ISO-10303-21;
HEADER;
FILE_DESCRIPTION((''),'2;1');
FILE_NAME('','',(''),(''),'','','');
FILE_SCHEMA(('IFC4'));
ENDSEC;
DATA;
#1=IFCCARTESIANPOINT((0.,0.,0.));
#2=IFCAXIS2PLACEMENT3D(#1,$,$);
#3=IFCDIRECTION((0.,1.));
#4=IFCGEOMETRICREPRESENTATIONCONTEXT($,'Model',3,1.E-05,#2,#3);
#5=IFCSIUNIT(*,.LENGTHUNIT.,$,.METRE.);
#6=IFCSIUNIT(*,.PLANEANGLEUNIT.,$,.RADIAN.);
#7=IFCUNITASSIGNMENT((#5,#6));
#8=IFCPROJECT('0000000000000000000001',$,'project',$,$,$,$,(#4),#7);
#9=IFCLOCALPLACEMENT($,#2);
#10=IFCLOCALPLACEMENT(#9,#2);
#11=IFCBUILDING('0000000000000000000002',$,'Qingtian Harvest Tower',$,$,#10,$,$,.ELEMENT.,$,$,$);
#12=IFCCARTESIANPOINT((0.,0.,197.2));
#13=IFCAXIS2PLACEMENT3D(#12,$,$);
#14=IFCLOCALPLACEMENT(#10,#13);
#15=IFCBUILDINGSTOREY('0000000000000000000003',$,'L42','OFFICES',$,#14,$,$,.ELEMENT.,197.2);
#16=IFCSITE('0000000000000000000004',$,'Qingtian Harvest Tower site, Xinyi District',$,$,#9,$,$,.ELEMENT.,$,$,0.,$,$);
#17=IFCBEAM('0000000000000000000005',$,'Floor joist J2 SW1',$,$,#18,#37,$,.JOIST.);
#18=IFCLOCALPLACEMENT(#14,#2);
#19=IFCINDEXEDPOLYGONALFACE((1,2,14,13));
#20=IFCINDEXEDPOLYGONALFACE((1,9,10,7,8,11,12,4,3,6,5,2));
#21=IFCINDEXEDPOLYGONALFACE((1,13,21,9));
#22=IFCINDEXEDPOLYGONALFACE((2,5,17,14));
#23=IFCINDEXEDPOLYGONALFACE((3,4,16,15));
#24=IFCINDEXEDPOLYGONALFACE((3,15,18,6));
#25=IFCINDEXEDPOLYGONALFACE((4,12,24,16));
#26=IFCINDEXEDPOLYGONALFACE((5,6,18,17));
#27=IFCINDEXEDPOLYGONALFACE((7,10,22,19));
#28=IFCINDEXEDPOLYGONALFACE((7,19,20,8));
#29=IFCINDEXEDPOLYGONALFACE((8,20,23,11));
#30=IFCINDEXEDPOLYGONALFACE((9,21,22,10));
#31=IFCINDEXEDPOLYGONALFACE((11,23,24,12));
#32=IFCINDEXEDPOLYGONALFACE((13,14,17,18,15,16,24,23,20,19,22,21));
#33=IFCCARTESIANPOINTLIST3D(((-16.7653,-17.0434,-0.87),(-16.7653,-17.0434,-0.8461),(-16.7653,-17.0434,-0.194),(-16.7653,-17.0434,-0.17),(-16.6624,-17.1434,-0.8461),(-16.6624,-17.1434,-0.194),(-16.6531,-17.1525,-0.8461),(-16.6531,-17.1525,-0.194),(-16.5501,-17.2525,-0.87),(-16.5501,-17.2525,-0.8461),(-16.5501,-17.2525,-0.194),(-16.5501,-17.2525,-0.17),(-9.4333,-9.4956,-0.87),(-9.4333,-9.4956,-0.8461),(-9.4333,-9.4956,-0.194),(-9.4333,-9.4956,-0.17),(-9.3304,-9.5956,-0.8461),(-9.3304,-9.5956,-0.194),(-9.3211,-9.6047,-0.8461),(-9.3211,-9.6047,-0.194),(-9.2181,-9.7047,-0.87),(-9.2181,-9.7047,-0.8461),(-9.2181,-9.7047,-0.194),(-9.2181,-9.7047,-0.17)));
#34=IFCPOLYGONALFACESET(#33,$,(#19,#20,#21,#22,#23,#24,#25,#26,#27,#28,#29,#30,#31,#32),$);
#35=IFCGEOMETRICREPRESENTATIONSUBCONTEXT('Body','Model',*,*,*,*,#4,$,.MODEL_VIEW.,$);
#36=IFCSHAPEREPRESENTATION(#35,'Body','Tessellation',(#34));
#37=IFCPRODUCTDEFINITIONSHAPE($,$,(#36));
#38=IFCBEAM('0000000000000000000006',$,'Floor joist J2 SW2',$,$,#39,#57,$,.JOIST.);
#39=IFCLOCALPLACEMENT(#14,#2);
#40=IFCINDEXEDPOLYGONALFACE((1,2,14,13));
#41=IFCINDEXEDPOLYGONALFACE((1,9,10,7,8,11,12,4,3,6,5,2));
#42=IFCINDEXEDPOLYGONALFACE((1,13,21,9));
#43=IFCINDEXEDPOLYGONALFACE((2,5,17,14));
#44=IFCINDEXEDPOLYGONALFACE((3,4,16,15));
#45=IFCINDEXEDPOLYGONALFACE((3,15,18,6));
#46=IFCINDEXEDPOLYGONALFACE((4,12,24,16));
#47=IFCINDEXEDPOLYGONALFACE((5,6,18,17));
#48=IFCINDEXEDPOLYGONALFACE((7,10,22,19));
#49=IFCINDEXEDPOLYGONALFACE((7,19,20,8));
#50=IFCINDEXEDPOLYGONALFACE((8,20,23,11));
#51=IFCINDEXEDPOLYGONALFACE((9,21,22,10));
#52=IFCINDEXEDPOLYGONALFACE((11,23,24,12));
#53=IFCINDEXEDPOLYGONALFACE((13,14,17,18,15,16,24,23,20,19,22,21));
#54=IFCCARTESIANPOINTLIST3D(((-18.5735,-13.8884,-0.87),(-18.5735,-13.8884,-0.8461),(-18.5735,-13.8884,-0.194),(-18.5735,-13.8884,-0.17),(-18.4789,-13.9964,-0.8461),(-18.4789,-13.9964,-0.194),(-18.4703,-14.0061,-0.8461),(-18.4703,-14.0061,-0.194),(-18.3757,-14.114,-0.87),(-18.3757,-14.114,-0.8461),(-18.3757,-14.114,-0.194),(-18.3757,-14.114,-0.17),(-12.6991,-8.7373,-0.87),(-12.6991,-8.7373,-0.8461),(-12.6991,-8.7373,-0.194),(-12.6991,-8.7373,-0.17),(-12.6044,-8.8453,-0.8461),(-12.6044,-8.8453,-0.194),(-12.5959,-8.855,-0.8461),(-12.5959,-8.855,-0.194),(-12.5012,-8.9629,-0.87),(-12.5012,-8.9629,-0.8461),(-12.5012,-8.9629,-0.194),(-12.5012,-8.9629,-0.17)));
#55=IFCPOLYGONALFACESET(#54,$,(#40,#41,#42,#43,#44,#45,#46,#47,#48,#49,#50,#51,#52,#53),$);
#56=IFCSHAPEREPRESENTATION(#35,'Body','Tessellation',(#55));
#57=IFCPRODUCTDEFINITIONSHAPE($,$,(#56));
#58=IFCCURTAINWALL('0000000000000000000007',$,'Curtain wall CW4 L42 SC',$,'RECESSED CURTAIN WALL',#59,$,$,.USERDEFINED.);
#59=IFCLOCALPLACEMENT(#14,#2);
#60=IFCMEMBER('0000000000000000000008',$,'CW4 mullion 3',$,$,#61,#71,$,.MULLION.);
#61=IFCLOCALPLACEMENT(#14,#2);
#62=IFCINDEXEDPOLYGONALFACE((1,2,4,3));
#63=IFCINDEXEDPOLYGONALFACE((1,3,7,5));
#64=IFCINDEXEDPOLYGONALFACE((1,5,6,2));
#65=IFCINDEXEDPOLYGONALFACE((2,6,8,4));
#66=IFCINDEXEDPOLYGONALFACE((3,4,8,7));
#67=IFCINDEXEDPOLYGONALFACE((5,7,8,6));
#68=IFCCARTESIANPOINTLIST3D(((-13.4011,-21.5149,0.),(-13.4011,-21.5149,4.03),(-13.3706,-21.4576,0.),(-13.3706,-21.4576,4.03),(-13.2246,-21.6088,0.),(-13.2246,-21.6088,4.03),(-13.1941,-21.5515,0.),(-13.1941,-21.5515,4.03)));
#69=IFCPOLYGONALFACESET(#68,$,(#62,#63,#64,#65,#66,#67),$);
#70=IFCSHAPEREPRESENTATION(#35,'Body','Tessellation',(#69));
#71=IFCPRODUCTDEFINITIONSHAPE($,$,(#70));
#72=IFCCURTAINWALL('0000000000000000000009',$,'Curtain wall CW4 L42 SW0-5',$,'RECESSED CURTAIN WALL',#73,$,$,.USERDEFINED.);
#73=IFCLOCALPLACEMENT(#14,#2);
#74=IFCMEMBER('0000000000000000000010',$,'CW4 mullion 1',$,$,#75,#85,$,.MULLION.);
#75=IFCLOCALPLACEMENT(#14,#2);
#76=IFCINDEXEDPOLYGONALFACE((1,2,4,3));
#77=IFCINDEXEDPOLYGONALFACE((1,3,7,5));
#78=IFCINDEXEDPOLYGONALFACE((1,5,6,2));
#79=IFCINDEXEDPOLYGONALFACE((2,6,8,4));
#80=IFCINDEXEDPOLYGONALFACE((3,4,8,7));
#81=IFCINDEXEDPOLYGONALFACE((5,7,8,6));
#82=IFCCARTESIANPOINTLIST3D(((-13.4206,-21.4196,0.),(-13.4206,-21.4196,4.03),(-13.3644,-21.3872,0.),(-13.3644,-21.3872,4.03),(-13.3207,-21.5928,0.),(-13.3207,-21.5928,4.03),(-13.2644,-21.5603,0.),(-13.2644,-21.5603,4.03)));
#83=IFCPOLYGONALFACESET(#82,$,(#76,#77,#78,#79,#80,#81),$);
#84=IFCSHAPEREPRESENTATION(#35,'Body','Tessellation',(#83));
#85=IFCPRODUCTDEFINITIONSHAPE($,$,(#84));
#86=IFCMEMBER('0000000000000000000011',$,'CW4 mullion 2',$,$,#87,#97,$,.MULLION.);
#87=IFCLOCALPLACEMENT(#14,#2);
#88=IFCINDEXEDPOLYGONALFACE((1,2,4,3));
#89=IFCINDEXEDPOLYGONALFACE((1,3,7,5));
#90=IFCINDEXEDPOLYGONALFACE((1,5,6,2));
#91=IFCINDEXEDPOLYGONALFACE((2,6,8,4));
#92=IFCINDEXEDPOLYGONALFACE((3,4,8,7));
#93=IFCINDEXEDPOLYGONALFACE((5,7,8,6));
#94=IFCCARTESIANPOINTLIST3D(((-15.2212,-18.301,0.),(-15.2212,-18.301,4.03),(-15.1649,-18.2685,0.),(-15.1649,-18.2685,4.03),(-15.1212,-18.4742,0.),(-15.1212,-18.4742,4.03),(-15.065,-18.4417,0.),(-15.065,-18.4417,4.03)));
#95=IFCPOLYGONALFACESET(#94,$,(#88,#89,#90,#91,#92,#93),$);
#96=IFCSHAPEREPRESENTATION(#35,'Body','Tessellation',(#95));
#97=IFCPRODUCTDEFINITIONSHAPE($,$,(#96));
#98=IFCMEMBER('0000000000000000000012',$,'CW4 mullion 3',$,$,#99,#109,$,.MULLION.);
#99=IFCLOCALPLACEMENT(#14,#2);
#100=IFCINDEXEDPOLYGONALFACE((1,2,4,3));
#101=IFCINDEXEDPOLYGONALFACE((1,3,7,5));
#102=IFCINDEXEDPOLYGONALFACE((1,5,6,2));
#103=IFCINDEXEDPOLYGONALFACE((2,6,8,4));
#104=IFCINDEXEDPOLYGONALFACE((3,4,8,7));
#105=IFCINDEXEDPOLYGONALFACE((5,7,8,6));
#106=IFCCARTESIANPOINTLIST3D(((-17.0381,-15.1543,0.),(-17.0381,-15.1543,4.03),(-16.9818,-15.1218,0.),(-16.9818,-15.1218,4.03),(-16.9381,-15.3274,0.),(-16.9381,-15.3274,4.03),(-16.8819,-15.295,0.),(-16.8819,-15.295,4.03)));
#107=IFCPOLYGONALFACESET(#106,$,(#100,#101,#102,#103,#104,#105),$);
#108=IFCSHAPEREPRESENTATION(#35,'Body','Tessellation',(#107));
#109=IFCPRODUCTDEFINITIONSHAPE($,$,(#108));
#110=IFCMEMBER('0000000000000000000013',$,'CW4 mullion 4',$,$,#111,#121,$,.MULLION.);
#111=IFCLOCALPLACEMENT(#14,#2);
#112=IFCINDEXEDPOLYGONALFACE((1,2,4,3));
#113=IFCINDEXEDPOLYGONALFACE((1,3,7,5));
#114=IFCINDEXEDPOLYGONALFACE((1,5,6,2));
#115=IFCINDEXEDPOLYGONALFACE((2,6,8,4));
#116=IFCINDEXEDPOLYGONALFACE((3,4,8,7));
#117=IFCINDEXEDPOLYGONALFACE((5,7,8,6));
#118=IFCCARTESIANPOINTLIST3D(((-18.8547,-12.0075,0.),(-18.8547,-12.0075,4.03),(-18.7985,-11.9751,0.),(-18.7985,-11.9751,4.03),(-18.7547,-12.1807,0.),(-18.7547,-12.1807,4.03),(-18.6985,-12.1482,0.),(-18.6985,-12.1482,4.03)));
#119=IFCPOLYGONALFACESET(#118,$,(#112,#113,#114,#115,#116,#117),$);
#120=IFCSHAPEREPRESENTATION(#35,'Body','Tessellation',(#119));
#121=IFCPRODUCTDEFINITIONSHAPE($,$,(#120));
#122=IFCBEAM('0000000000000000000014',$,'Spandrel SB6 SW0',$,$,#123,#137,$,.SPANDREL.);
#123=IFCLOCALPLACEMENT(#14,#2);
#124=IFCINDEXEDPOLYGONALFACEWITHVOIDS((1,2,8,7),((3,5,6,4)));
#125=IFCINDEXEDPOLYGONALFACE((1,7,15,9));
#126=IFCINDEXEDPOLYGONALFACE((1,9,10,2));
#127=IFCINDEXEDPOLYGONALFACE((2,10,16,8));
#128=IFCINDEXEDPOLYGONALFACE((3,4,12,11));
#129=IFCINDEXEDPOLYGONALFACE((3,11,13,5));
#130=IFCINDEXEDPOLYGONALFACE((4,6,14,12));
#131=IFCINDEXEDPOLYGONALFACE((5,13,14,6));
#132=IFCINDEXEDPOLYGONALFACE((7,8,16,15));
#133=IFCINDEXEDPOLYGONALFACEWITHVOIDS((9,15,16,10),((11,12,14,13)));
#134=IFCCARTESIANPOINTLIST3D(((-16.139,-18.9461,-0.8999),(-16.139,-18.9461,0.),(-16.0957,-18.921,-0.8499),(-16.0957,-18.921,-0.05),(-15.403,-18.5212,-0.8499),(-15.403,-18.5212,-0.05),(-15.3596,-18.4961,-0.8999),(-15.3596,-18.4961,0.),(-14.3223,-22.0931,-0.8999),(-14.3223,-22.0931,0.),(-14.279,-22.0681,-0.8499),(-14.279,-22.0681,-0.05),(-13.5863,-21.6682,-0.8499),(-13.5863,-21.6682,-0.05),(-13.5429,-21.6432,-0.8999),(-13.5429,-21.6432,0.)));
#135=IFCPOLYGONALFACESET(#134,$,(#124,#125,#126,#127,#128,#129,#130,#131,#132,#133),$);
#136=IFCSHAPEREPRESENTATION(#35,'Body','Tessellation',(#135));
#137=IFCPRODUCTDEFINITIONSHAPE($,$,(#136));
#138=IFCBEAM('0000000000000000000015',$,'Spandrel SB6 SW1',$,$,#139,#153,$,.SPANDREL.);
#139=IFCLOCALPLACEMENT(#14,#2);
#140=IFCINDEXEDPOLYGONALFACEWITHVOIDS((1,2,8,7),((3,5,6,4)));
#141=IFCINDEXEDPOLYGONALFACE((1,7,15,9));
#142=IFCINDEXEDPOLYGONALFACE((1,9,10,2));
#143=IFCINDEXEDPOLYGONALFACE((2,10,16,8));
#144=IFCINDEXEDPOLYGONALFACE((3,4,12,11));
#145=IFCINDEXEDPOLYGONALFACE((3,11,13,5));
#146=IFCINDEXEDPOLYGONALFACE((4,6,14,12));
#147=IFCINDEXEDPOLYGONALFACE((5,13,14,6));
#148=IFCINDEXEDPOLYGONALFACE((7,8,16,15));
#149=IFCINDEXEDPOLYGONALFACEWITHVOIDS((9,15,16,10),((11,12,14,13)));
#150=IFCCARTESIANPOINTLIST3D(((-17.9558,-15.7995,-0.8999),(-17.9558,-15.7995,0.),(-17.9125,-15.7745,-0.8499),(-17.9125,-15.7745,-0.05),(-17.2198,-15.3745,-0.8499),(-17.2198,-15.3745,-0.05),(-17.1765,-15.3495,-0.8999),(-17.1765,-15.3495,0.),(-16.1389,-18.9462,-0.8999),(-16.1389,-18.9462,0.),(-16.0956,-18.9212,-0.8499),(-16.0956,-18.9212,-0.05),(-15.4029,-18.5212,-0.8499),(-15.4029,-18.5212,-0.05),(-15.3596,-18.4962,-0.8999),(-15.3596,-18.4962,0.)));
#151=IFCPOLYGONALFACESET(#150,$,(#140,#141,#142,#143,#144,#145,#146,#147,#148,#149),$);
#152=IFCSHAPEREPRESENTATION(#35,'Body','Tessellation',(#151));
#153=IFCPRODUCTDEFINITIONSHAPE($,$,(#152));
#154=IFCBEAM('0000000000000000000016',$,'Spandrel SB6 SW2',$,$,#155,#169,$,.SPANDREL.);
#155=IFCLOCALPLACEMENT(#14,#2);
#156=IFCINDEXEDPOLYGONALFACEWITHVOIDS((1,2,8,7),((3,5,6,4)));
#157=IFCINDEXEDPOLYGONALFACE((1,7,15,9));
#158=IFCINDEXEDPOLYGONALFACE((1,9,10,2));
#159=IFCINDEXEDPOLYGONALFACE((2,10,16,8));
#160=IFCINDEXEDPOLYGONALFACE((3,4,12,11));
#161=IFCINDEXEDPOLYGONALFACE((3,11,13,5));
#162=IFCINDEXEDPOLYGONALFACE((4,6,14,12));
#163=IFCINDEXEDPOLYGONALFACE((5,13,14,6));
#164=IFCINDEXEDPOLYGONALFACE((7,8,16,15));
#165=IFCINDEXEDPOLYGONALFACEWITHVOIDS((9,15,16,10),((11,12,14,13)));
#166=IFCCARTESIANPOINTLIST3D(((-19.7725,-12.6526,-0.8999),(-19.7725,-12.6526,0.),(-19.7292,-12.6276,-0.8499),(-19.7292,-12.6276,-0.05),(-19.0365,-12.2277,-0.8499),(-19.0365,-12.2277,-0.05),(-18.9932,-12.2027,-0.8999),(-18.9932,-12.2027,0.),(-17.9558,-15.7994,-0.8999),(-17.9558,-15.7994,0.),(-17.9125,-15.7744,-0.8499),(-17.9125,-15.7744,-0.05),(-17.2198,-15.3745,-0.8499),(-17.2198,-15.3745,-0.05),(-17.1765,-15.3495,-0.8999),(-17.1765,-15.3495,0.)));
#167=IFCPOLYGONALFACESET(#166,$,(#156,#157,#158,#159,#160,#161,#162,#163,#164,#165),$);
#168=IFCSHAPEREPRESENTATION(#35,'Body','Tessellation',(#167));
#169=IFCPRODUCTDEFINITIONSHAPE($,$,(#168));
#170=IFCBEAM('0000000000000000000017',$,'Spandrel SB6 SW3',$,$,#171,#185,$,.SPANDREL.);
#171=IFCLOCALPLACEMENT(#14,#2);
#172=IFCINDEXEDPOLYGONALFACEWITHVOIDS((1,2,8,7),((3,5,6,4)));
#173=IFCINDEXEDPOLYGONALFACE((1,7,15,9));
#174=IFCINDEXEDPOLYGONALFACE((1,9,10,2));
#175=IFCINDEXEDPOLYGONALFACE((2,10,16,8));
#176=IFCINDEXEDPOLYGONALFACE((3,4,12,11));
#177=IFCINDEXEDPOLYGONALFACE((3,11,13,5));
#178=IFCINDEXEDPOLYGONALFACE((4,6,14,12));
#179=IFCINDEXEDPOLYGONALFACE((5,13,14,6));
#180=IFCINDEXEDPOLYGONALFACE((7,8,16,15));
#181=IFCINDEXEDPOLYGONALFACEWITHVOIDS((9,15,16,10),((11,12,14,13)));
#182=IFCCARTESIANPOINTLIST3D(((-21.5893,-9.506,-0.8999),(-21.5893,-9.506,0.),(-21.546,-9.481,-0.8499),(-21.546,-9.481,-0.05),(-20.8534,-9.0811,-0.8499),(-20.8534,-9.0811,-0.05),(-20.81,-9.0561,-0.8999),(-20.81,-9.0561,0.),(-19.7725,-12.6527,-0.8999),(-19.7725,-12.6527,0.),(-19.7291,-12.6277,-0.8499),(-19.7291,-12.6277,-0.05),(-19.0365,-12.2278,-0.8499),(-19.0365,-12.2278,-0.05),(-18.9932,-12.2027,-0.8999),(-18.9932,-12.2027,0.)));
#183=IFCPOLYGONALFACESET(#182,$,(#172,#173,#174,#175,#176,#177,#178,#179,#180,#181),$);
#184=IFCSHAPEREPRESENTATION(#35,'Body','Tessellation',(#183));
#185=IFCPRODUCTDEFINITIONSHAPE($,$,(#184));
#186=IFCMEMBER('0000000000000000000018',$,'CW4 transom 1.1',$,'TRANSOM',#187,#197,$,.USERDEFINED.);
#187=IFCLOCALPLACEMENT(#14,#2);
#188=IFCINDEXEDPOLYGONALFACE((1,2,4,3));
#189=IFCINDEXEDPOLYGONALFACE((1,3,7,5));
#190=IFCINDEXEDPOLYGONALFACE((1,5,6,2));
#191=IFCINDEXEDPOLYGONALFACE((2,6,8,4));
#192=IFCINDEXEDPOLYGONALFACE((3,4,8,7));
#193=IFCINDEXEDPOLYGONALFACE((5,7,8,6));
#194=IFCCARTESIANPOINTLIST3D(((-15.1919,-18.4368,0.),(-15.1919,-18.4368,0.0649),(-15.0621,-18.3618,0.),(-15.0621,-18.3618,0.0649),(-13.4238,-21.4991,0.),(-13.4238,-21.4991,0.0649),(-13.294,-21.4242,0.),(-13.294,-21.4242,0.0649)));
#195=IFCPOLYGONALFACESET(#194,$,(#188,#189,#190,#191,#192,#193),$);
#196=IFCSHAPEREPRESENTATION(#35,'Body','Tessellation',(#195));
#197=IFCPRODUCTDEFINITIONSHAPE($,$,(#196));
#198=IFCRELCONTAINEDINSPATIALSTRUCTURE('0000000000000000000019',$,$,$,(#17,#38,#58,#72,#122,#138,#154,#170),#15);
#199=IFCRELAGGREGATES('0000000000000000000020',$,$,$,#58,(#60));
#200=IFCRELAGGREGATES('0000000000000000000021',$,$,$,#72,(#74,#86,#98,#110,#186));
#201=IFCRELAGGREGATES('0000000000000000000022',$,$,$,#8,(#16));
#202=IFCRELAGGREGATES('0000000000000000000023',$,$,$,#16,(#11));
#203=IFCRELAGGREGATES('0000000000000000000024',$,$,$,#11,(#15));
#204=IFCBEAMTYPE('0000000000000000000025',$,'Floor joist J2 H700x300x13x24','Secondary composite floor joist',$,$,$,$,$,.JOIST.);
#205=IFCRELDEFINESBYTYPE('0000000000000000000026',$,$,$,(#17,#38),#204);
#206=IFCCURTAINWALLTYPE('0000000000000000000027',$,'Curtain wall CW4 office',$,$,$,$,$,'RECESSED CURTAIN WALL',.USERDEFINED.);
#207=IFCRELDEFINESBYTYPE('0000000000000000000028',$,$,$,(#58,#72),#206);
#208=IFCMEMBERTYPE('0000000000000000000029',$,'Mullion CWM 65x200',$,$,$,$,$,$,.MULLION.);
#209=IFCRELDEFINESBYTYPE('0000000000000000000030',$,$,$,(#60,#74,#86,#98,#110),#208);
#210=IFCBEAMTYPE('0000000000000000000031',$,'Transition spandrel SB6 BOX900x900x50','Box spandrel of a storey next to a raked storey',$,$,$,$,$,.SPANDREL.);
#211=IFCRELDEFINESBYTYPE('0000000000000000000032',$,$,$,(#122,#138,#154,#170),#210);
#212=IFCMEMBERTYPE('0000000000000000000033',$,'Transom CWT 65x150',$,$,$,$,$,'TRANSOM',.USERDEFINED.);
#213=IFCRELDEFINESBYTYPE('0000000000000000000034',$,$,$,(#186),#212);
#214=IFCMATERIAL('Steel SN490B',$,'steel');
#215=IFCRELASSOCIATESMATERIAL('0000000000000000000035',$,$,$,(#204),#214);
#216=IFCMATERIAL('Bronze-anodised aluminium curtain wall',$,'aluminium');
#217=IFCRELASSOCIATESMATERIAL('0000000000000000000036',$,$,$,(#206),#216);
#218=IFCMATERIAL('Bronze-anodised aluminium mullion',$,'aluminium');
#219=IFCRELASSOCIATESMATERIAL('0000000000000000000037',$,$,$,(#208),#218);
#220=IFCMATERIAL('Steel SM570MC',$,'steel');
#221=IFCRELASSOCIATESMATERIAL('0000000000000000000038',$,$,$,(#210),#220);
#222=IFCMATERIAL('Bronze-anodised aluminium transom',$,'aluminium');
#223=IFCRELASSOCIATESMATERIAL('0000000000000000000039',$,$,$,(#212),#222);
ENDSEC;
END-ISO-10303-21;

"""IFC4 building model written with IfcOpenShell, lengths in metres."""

from ifc_helpers import new_model, si_unit, direction, frame, origin, origin_2d, place, context, subcontext, project, spatial, rectangle, hollow_rectangle, i_section, extrude, material, material_profile, profile_set, type_object, element, aggregate, save


model = new_model("IFC4")

# Units and contexts
model_context = context("Model", 3, precision=1e-05, world=origin(), true_north=direction((0.0, 1.0)))
body_context = subcontext(model_context, "Body", "Model", "MODEL_VIEW")
ifc_project = project(units=[si_unit("LENGTHUNIT", "METRE"), si_unit("PLANEANGLEUNIT", "RADIAN")], contexts=[model_context])

# Site, building, storey
site_placement = place(None, origin())
site = spatial("IfcSite", under=ifc_project, at=site_placement, Name="Qingtian Harvest Tower site, Xinyi District", CompositionType="ELEMENT", RefElevation=0.0)
building_placement = place(site_placement, origin())
building = spatial("IfcBuilding", under=site, at=building_placement, Name="Qingtian Harvest Tower", CompositionType="ELEMENT")
storey_placement = place(building_placement, frame((0.0, 0.0, 197.2)))
storey = spatial("IfcBuildingStorey", under=building, at=storey_placement, Name="L42", Description="OFFICES", CompositionType="ELEMENT", Elevation=197.2)

# Beams
ifc_material_1 = material(Name="Steel SN490B", Category="steel")
ifc_material_profile_1 = material_profile(ifc_material_1, i_section(OverallWidth=0.3, OverallDepth=0.7, WebThickness=0.0129, FlangeThickness=0.0239, at=origin_2d()), Name="H700x300x13x24")
ifc_profile_set_1 = profile_set([ifc_material_profile_1], Name="Steel SN490B")
beam_type_1 = type_object("IfcBeamType", Name="Floor joist J2 H700x300x13x24", Description="Secondary composite floor joist", PredefinedType="JOIST", material=ifc_profile_set_1)
beam_1_placement = place(storey_placement, frame((-16.6577, -17.1479, -0.52), z_axis=(0.696777, 0.717287, 0.0), x_axis=(-0.717287, 0.696777, 0.0)))
element("IfcBeam", 1, at=beam_1_placement, inside=storey, type_object=beam_type_1, Name="Floor joist J2 SW1", PredefinedType="JOIST", context=body_context, shape_type="SweptSolid", body=[
    extrude(i_section(OverallWidth=0.3, OverallDepth=0.7, WebThickness=0.0129, FlangeThickness=0.0239, at=origin_2d()), origin(), (0.0, 0.0, 1.0), 10.5227),
])
beam_2_placement = place(storey_placement, frame((-18.4746, -14.0012, -0.52), z_axis=(0.751883, 0.659296, 0.0), x_axis=(-0.659296, 0.751883, 0.0)))
element("IfcBeam", 2, at=beam_2_placement, inside=storey, type_object=beam_type_1, Name="Floor joist J2 SW2", PredefinedType="JOIST", context=body_context, shape_type="SweptSolid", body=[
    extrude(i_section(OverallWidth=0.3, OverallDepth=0.7, WebThickness=0.0129, FlangeThickness=0.0239, at=origin_2d()), origin(), (0.0, 0.0, 1.0), 7.813),
])

# Curtain wall, member
ifc_material_2 = material(Name="Bronze-anodised aluminium curtain wall", Category="aluminium")
curtain_wall_type = type_object("IfcCurtainWallType", Name="Curtain wall CW4 office", ElementType="RECESSED CURTAIN WALL", PredefinedType="USERDEFINED", material=ifc_material_2)
curtain_wall_1_placement = place(storey_placement, origin())
curtain_wall_1 = element("IfcCurtainWall", 3, at=curtain_wall_1_placement, inside=storey, type_object=curtain_wall_type, Name="Curtain wall CW4 L42 SC", ObjectType="RECESSED CURTAIN WALL", PredefinedType="USERDEFINED")
ifc_material_3 = material(Name="Bronze-anodised aluminium mullion", Category="aluminium")
ifc_material_profile_2 = material_profile(ifc_material_3, rectangle(XDim=0.0649, YDim=0.2, at=origin_2d()), Name="AL 65x200")
ifc_profile_set_2 = profile_set([ifc_material_profile_2], Name="Bronze-anodised aluminium mullion")
member_type_1 = type_object("IfcMemberType", Name="Mullion CWM 65x200", PredefinedType="MULLION", material=ifc_profile_set_2)
member_1_placement = place(storey_placement, frame((-13.2976, -21.5332, 0.0), z_axis=(0.0, 0.0, 1.0), x_axis=(-0.469472, -0.882948, 0.0)))
member_1 = element("IfcMember", 4, at=member_1_placement, type_object=member_type_1, Name="CW4 mullion 3", PredefinedType="MULLION", context=body_context, shape_type="SweptSolid", body=[
    extrude(rectangle(XDim=0.0649, YDim=0.2, at=origin_2d()), origin(), (0.0, 0.0, 1.0), 4.03),
])

# Curtain wall, members
curtain_wall_2_placement = place(storey_placement, origin())
curtain_wall_2 = element("IfcCurtainWall", 5, at=curtain_wall_2_placement, inside=storey, type_object=curtain_wall_type, Name="Curtain wall CW4 L42 SW0-5", ObjectType="RECESSED CURTAIN WALL", PredefinedType="USERDEFINED")
member_2_placement = place(storey_placement, frame((-13.3425, -21.49, 0.0), z_axis=(0.0, 0.0, 1.0), x_axis=(-0.866025, -0.5, 0.0)))
member_2 = element("IfcMember", 6, at=member_2_placement, type_object=member_type_1, Name="CW4 mullion 1", PredefinedType="MULLION", context=body_context, shape_type="SweptSolid", body=[
    extrude(rectangle(XDim=0.0649, YDim=0.2, at=origin_2d()), origin(), (0.0, 0.0, 1.0), 4.03),
])
member_3_placement = place(storey_placement, frame((-15.1431, -18.3713, 0.0), z_axis=(0.0, 0.0, 1.0), x_axis=(-0.866025, -0.5, 0.0)))
member_3 = element("IfcMember", 7, at=member_3_placement, type_object=member_type_1, Name="CW4 mullion 2", PredefinedType="MULLION", context=body_context, shape_type="SweptSolid", body=[
    extrude(rectangle(XDim=0.0649, YDim=0.2, at=origin_2d()), origin(), (0.0, 0.0, 1.0), 4.03),
])
member_4_placement = place(storey_placement, frame((-16.96, -15.2246, 0.0), z_axis=(0.0, 0.0, 1.0), x_axis=(-0.866025, -0.5, 0.0)))
member_4 = element("IfcMember", 8, at=member_4_placement, type_object=member_type_1, Name="CW4 mullion 3", PredefinedType="MULLION", context=body_context, shape_type="SweptSolid", body=[
    extrude(rectangle(XDim=0.0649, YDim=0.2, at=origin_2d()), origin(), (0.0, 0.0, 1.0), 4.03),
])
member_5_placement = place(storey_placement, frame((-18.7766, -12.0779, 0.0), z_axis=(0.0, 0.0, 1.0), x_axis=(-0.866025, -0.5, 0.0)))
member_5 = element("IfcMember", 9, at=member_5_placement, type_object=member_type_1, Name="CW4 mullion 4", PredefinedType="MULLION", context=body_context, shape_type="SweptSolid", body=[
    extrude(rectangle(XDim=0.0649, YDim=0.2, at=origin_2d()), origin(), (0.0, 0.0, 1.0), 4.03),
])

# Beams
ifc_material_4 = material(Name="Steel SM570MC", Category="steel")
ifc_material_profile_3 = material_profile(ifc_material_4, hollow_rectangle(XDim=0.8999, YDim=0.8999, WallThickness=0.05, at=origin_2d()), Name="BOX900x900x50")
ifc_profile_set_3 = profile_set([ifc_material_profile_3], Name="Steel SM570MC")
beam_type_2 = type_object("IfcBeamType", Name="Transition spandrel SB6 BOX900x900x50", Description="Box spandrel of a storey next to a raked storey", PredefinedType="SPANDREL", material=ifc_profile_set_3)
beam_3_placement = place(storey_placement, frame((-13.9326, -21.8682, -0.45), z_axis=(-0.499947, 0.866056, 0.0), x_axis=(-0.866056, -0.499947, 0.0)))
element("IfcBeam", 10, at=beam_3_placement, inside=storey, type_object=beam_type_2, Name="Spandrel SB6 SW0", PredefinedType="SPANDREL", context=body_context, shape_type="SweptSolid", body=[
    extrude(hollow_rectangle(XDim=0.8999, YDim=0.8999, WallThickness=0.05, at=origin_2d()), origin(), (0.0, 0.0, 1.0), 3.6338),
])
for number, where, z_axis, x_axis, name in (
    (11, (-15.7493, -18.7212, -0.45), (-0.500027, 0.86601, 0.0), (-0.86601, -0.500027, 0.0), "Spandrel SB6 SW1"),
    (12, (-17.5662, -15.5745, -0.45), (-0.499976, 0.866039, 0.0), (-0.866039, -0.499976, 0.0), "Spandrel SB6 SW2"),
    (13, (-19.3828, -12.4277, -0.45), (-0.500027, 0.86601, 0.0), (-0.86601, -0.500027, 0.0), "Spandrel SB6 SW3"),
):
    element("IfcBeam", number, at=place(storey_placement, frame(where, z_axis=z_axis, x_axis=x_axis)), inside=storey, type_object=beam_type_2, Name=name, PredefinedType="SPANDREL", context=body_context, shape_type="SweptSolid", body=[
        extrude(hollow_rectangle(XDim=0.8999, YDim=0.8999, WallThickness=0.05, at=origin_2d()), origin(), (0.0, 0.0, 1.0), 3.6335),
    ])

# Member
ifc_material_5 = material(Name="Bronze-anodised aluminium transom", Category="aluminium")
ifc_material_profile_4 = material_profile(ifc_material_5, rectangle(XDim=0.1499, YDim=0.0649, at=origin_2d()), Name="AL 65x150")
ifc_profile_set_4 = profile_set([ifc_material_profile_4], Name="Bronze-anodised aluminium transom")
member_type_2 = type_object("IfcMemberType", Name="Transom CWT 65x150", ElementType="TRANSOM", PredefinedType="USERDEFINED", material=ifc_profile_set_4)
member_6_placement = place(storey_placement, frame((-13.3589, -21.4617, 0.0325), z_axis=(-0.500015, 0.866017, 0.0), x_axis=(-0.866017, -0.500015, 0.0)))
member_6 = element("IfcMember", 14, at=member_6_placement, type_object=member_type_2, Name="CW4 transom 1.1", ObjectType="TRANSOM", PredefinedType="USERDEFINED", context=body_context, shape_type="SweptSolid", body=[
    extrude(rectangle(XDim=0.1499, YDim=0.0649, at=origin_2d()), origin(), (0.0, 0.0, 1.0), 3.5361),
])

aggregate(curtain_wall_1, [member_1])
aggregate(curtain_wall_2, [member_2, member_3, member_4, member_5, member_6])

save(model, "model.ifc")
